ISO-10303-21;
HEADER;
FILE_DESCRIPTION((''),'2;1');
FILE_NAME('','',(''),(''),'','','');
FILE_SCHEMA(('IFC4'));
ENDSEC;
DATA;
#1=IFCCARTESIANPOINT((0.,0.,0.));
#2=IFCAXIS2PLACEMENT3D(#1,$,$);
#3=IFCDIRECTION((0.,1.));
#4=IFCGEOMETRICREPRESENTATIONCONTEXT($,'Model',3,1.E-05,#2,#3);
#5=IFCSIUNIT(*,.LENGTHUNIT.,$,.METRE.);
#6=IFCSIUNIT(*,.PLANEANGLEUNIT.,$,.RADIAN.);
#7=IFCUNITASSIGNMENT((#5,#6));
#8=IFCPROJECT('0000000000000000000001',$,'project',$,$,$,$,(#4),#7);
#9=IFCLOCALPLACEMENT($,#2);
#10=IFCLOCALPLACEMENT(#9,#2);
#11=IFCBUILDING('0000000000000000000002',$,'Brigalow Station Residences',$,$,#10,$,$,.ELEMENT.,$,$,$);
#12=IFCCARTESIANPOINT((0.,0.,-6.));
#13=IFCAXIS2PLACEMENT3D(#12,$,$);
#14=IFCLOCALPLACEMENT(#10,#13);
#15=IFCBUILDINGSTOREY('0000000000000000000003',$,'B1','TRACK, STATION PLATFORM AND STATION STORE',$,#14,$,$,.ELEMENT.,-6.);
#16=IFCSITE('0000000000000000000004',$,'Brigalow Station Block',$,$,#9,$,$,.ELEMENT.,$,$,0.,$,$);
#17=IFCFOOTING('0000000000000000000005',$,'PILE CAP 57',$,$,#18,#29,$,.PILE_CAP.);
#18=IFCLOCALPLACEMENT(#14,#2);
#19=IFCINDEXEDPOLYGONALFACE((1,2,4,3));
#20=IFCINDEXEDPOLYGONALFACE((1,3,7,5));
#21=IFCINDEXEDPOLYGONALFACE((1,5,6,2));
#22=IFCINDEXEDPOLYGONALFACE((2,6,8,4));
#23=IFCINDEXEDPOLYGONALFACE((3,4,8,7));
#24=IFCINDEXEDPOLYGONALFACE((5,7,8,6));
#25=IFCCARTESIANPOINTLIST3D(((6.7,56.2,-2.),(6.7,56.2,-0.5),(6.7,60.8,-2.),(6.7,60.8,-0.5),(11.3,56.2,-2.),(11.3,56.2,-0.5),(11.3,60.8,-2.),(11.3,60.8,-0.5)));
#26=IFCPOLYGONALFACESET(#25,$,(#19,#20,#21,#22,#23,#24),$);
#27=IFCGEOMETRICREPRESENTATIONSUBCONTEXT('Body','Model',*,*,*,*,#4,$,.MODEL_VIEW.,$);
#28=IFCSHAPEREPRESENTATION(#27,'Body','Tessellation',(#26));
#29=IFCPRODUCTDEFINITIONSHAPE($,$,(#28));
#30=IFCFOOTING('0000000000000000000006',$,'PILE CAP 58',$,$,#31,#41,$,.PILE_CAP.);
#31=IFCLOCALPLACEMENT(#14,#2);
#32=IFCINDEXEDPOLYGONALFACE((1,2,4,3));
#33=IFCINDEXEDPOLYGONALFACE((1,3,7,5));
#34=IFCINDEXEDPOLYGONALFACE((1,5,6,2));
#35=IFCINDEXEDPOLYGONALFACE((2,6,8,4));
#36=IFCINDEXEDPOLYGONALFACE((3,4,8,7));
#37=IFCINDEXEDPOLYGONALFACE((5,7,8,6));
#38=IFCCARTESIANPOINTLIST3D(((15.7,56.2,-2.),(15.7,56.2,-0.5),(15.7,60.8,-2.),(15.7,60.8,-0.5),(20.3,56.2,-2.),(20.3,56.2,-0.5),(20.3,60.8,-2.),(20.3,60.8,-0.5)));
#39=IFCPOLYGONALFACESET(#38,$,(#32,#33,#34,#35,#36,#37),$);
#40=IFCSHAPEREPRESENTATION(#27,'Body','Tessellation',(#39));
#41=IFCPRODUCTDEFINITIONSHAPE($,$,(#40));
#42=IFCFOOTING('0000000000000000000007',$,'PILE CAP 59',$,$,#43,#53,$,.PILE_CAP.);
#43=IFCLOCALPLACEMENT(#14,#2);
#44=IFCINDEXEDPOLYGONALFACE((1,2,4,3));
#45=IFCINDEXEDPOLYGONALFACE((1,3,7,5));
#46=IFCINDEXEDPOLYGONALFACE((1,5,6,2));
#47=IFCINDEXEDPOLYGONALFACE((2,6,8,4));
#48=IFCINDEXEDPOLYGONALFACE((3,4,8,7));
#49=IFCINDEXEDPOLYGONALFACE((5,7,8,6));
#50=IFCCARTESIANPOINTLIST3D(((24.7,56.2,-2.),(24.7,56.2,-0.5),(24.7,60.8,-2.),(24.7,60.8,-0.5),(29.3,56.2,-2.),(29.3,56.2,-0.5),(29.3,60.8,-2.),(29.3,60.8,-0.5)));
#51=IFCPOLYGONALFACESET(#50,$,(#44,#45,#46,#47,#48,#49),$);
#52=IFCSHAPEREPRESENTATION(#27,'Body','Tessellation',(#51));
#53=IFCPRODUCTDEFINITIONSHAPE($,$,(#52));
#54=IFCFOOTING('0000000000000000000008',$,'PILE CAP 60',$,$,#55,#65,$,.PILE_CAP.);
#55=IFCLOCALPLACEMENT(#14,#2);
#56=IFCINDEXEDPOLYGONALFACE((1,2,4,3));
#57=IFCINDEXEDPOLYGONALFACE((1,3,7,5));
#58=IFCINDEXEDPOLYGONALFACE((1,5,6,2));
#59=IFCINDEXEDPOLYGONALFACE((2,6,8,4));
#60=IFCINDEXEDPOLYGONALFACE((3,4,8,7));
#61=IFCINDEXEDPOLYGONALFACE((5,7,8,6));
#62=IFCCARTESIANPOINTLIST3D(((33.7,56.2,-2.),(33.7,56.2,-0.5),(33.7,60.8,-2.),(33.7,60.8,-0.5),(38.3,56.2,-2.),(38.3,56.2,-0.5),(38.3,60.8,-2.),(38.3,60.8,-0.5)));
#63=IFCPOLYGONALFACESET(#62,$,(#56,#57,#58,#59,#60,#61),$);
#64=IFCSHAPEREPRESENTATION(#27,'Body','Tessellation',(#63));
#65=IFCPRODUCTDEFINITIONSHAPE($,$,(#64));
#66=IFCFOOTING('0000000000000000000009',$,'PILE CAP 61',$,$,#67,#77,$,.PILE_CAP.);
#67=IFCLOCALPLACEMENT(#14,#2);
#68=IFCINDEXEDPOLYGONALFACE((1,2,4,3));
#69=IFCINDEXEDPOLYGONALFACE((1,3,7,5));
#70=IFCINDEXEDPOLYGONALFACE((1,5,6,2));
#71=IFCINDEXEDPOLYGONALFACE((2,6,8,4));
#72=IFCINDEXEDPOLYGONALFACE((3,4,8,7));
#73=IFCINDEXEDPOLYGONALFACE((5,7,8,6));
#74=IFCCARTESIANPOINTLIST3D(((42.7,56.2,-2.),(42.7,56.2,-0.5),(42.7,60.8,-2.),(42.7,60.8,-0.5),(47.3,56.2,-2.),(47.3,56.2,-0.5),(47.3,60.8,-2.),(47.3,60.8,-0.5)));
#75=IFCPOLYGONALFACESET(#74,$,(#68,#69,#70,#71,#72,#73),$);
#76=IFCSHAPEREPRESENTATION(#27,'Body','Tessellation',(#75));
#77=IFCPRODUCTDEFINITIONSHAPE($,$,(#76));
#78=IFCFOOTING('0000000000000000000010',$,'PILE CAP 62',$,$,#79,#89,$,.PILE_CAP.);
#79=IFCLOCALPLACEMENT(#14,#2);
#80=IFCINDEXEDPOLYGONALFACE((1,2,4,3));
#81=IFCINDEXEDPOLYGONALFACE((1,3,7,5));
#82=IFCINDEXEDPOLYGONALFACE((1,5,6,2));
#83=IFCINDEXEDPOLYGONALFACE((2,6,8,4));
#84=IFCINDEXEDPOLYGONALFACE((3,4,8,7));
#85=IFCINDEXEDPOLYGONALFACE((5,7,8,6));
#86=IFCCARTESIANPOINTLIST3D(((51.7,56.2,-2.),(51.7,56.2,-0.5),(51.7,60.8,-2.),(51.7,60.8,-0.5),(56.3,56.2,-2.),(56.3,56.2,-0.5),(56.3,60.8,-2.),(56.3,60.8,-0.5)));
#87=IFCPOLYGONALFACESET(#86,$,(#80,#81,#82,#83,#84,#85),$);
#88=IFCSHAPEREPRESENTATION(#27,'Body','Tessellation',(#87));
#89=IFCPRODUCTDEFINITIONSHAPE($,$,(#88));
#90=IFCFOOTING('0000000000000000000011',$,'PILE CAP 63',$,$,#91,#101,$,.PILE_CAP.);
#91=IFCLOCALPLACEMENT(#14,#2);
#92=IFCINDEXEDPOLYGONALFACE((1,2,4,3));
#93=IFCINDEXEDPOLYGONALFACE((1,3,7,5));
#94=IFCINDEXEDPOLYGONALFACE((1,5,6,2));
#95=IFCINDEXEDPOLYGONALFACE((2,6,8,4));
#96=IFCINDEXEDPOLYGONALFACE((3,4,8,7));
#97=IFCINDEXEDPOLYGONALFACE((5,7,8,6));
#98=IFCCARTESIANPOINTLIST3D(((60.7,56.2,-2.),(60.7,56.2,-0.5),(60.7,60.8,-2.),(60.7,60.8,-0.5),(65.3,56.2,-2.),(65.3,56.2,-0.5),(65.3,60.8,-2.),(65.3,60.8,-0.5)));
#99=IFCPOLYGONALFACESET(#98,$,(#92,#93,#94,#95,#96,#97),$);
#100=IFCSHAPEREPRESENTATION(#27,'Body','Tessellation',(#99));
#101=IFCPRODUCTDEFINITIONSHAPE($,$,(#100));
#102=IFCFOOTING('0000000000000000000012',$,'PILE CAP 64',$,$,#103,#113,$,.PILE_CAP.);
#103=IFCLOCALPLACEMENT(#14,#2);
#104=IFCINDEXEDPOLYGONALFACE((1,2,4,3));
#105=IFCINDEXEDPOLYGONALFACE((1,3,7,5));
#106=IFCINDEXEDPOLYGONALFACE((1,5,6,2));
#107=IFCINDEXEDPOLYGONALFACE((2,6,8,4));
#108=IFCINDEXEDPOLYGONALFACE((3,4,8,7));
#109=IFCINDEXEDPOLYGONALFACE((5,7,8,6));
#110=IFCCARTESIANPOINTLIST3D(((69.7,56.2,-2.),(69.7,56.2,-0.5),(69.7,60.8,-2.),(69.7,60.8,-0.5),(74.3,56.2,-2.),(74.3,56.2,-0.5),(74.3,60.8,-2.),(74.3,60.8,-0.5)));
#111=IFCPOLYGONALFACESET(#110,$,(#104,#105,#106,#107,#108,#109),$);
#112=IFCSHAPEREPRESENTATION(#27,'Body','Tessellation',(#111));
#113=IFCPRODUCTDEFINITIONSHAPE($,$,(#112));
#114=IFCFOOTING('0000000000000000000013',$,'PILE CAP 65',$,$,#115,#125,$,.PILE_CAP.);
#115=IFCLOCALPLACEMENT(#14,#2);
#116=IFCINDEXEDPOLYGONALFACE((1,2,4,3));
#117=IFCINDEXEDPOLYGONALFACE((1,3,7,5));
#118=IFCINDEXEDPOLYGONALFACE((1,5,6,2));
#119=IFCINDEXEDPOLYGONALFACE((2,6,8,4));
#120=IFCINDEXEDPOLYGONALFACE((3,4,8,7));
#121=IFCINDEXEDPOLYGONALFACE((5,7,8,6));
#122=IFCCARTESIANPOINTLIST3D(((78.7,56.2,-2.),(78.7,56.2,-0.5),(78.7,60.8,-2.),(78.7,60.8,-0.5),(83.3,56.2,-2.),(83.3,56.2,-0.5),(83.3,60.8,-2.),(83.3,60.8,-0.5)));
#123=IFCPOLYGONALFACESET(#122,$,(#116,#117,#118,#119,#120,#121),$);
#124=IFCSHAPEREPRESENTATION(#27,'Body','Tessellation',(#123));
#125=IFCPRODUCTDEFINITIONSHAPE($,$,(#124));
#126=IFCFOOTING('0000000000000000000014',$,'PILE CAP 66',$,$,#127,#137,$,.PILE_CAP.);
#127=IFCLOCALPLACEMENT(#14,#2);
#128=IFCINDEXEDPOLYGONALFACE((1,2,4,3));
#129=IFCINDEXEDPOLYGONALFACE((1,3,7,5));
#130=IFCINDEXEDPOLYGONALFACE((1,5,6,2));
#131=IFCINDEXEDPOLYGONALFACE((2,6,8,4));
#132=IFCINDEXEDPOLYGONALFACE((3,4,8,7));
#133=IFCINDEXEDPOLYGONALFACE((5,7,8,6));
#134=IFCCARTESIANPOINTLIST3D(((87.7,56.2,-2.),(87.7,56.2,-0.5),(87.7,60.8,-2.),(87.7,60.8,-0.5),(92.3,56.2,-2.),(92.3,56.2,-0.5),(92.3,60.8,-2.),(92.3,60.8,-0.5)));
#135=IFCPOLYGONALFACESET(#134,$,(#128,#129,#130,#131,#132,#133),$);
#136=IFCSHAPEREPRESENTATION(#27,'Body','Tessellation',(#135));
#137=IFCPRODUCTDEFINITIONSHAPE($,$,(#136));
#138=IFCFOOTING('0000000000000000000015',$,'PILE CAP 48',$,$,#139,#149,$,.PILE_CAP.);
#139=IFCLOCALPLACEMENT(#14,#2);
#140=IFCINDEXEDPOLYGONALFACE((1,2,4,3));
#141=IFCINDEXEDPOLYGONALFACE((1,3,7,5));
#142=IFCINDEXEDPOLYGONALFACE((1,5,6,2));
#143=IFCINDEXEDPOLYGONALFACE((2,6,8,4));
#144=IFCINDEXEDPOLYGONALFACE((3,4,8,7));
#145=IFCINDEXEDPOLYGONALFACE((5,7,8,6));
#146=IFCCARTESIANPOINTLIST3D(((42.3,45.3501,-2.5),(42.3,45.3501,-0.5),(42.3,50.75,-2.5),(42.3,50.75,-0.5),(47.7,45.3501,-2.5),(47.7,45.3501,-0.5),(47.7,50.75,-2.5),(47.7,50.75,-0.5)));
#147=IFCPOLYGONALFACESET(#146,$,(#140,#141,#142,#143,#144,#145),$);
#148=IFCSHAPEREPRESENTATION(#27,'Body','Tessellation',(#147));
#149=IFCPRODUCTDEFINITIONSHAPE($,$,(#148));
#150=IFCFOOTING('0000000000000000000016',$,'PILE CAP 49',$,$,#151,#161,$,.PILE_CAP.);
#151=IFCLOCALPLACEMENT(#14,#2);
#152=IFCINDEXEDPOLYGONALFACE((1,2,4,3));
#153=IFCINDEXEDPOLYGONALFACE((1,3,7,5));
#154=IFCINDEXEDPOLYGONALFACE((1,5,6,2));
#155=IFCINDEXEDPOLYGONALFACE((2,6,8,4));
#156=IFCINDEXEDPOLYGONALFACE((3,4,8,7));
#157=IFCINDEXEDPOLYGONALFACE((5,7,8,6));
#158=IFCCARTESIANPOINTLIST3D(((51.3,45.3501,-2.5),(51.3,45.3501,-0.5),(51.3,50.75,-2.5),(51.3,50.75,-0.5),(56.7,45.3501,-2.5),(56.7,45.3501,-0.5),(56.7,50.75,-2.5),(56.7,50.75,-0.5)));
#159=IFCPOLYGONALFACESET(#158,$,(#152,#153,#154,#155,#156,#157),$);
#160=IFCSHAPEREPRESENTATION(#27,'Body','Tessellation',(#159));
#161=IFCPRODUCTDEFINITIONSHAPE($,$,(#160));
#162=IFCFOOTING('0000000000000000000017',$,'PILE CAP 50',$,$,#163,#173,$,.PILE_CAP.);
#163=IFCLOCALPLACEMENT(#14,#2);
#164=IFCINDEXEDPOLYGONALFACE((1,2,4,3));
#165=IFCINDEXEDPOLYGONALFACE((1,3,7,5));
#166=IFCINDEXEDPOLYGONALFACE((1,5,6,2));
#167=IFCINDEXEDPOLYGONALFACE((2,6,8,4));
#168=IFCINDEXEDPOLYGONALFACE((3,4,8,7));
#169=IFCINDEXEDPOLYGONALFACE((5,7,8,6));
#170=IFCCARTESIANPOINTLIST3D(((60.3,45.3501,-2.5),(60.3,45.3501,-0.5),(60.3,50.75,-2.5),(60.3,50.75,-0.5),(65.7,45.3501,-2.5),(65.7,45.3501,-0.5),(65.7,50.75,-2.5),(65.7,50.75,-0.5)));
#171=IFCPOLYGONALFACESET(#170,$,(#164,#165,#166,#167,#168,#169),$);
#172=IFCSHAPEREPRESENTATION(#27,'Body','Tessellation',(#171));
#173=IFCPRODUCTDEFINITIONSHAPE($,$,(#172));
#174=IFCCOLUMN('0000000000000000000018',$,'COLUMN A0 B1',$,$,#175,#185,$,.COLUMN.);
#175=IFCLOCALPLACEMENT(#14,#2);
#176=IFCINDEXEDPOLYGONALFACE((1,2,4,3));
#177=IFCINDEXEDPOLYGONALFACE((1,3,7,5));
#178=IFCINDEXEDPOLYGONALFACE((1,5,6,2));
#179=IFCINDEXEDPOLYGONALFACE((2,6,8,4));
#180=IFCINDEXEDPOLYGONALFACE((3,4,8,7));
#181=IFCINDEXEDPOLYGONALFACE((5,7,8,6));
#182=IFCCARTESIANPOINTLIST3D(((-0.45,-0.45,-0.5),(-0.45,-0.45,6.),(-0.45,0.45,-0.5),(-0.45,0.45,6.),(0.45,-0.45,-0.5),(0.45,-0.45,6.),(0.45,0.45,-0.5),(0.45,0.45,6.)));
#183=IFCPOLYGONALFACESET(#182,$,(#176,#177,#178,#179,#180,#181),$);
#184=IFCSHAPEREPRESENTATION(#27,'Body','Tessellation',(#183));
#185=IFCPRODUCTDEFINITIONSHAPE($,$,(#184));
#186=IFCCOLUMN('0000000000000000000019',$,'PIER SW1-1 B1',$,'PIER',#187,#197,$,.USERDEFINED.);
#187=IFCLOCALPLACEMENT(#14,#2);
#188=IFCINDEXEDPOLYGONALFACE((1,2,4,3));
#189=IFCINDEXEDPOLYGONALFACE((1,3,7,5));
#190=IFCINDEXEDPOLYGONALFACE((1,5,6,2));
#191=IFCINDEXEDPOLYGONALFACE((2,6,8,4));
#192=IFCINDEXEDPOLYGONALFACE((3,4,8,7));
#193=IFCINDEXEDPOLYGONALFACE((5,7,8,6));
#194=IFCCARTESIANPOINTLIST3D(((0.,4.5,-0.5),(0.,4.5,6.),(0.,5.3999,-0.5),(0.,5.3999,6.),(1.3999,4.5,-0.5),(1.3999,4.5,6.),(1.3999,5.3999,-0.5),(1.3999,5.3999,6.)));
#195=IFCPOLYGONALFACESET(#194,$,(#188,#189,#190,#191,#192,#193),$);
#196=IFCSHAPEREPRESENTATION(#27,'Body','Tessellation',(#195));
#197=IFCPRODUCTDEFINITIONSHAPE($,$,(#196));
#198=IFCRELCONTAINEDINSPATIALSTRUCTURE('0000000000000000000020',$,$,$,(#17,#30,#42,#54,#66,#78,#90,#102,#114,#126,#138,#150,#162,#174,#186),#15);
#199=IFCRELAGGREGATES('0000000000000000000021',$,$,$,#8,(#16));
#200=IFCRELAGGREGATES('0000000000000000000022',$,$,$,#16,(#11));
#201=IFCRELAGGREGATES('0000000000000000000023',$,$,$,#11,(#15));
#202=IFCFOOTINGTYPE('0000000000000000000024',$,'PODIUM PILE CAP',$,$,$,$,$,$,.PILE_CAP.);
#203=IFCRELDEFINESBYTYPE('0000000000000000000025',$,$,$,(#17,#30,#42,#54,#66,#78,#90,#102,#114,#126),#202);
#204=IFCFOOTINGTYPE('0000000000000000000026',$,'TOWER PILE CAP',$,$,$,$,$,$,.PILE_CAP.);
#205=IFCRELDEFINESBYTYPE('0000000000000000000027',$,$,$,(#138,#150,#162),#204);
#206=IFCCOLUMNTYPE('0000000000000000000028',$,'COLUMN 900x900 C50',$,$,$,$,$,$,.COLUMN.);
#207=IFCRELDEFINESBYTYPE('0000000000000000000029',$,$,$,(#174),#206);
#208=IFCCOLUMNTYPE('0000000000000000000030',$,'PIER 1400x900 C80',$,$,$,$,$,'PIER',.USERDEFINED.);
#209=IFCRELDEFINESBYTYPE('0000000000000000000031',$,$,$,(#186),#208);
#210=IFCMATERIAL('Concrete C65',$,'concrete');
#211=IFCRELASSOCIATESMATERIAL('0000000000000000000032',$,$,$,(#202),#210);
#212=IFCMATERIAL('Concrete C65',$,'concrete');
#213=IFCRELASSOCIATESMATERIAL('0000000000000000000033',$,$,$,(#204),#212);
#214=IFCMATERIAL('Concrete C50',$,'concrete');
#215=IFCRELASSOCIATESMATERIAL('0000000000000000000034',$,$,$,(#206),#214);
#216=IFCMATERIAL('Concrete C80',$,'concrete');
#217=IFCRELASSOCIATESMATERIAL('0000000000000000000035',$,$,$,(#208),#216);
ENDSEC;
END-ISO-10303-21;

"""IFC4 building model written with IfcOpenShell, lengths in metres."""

from ifc_helpers import new_model, si_unit, direction, frame, origin, origin_2d, place, context, subcontext, project, spatial, polyline, rectangle, outline, extrude, material, material_profile, profile_set, type_object, element, save


model = new_model("IFC4")

# Units and contexts
model_context = context("Model", 3, precision=1e-05, world=origin(), true_north=direction((0.0, 1.0)))
body_context = subcontext(model_context, "Body", "Model", "MODEL_VIEW")
ifc_project = project(units=[si_unit("LENGTHUNIT", "METRE"), si_unit("PLANEANGLEUNIT", "RADIAN")], contexts=[model_context])

# Site, building, storey
site_placement = place(None, origin())
site = spatial("IfcSite", under=ifc_project, at=site_placement, Name="Brigalow Station Block", CompositionType="ELEMENT", RefElevation=0.0)
building_placement = place(site_placement, origin())
building = spatial("IfcBuilding", under=site, at=building_placement, Name="Brigalow Station Residences", CompositionType="ELEMENT")
storey_placement = place(building_placement, frame((0.0, 0.0, -6.0)))
storey = spatial("IfcBuildingStorey", under=building, at=storey_placement, Name="B1", Description="TRACK, STATION PLATFORM AND STATION STORE", CompositionType="ELEMENT", Elevation=-6.0)

# Footings
ifc_material_1 = material(Name="Concrete C65", Category="concrete")
footing_type_1 = type_object("IfcFootingType", Name="PODIUM PILE CAP", PredefinedType="PILE_CAP", material=ifc_material_1)
footing_1_placement = place(storey_placement, frame((0.0, 0.0, -2.0)))
element("IfcFooting", 1, at=footing_1_placement, inside=storey, type_object=footing_type_1, Name="PILE CAP 57", PredefinedType="PILE_CAP", context=body_context, shape_type="SweptSolid", body=[
    extrude(outline(polyline([(11.3, 56.2), (11.3, 60.8), (6.7, 60.8), (6.7, 56.2), (11.3, 56.2)])), origin(), (0.0, 0.0, 1.0), 1.5),
])
footing_2_placement = place(storey_placement, frame((0.0, 0.0, -2.0)))
element("IfcFooting", 2, at=footing_2_placement, inside=storey, type_object=footing_type_1, Name="PILE CAP 58", PredefinedType="PILE_CAP", context=body_context, shape_type="SweptSolid", body=[
    extrude(outline(polyline([(20.3, 56.2), (20.3, 60.8), (15.7, 60.8), (15.7, 56.2), (20.3, 56.2)])), origin(), (0.0, 0.0, 1.0), 1.5),
])
footing_3_placement = place(storey_placement, frame((0.0, 0.0, -2.0)))
element("IfcFooting", 3, at=footing_3_placement, inside=storey, type_object=footing_type_1, Name="PILE CAP 59", PredefinedType="PILE_CAP", context=body_context, shape_type="SweptSolid", body=[
    extrude(outline(polyline([(29.3, 56.2), (29.3, 60.8), (24.7, 60.8), (24.7, 56.2), (29.3, 56.2)])), origin(), (0.0, 0.0, 1.0), 1.5),
])
footing_4_placement = place(storey_placement, frame((0.0, 0.0, -2.0)))
element("IfcFooting", 4, at=footing_4_placement, inside=storey, type_object=footing_type_1, Name="PILE CAP 60", PredefinedType="PILE_CAP", context=body_context, shape_type="SweptSolid", body=[
    extrude(outline(polyline([(38.3, 56.2), (38.3, 60.8), (33.7, 60.8), (33.7, 56.2), (38.3, 56.2)])), origin(), (0.0, 0.0, 1.0), 1.5),
])
footing_5_placement = place(storey_placement, frame((0.0, 0.0, -2.0)))
element("IfcFooting", 5, at=footing_5_placement, inside=storey, type_object=footing_type_1, Name="PILE CAP 61", PredefinedType="PILE_CAP", context=body_context, shape_type="SweptSolid", body=[
    extrude(outline(polyline([(47.3, 56.2), (47.3, 60.8), (42.7, 60.8), (42.7, 56.2), (47.3, 56.2)])), origin(), (0.0, 0.0, 1.0), 1.5),
])
footing_6_placement = place(storey_placement, frame((0.0, 0.0, -2.0)))
element("IfcFooting", 6, at=footing_6_placement, inside=storey, type_object=footing_type_1, Name="PILE CAP 62", PredefinedType="PILE_CAP", context=body_context, shape_type="SweptSolid", body=[
    extrude(outline(polyline([(56.3, 56.2), (56.3, 60.8), (51.7, 60.8), (51.7, 56.2), (56.3, 56.2)])), origin(), (0.0, 0.0, 1.0), 1.5),
])
footing_7_placement = place(storey_placement, frame((0.0, 0.0, -2.0)))
element("IfcFooting", 7, at=footing_7_placement, inside=storey, type_object=footing_type_1, Name="PILE CAP 63", PredefinedType="PILE_CAP", context=body_context, shape_type="SweptSolid", body=[
    extrude(outline(polyline([(65.3, 56.2), (65.3, 60.8), (60.7, 60.8), (60.7, 56.2), (65.3, 56.2)])), origin(), (0.0, 0.0, 1.0), 1.5),
])
footing_8_placement = place(storey_placement, frame((0.0, 0.0, -2.0)))
element("IfcFooting", 8, at=footing_8_placement, inside=storey, type_object=footing_type_1, Name="PILE CAP 64", PredefinedType="PILE_CAP", context=body_context, shape_type="SweptSolid", body=[
    extrude(outline(polyline([(74.3, 56.2), (74.3, 60.8), (69.7, 60.8), (69.7, 56.2), (74.3, 56.2)])), origin(), (0.0, 0.0, 1.0), 1.5),
])
footing_9_placement = place(storey_placement, frame((0.0, 0.0, -2.0)))
element("IfcFooting", 9, at=footing_9_placement, inside=storey, type_object=footing_type_1, Name="PILE CAP 65", PredefinedType="PILE_CAP", context=body_context, shape_type="SweptSolid", body=[
    extrude(outline(polyline([(83.3, 56.2), (83.3, 60.8), (78.7, 60.8), (78.7, 56.2), (83.3, 56.2)])), origin(), (0.0, 0.0, 1.0), 1.5),
])
footing_10_placement = place(storey_placement, frame((0.0, 0.0, -2.0)))
element("IfcFooting", 10, at=footing_10_placement, inside=storey, type_object=footing_type_1, Name="PILE CAP 66", PredefinedType="PILE_CAP", context=body_context, shape_type="SweptSolid", body=[
    extrude(outline(polyline([(92.3, 56.2), (92.3, 60.8), (87.7, 60.8), (87.7, 56.2), (92.3, 56.2)])), origin(), (0.0, 0.0, 1.0), 1.5),
])
ifc_material_2 = material(Name="Concrete C65", Category="concrete")
footing_type_2 = type_object("IfcFootingType", Name="TOWER PILE CAP", PredefinedType="PILE_CAP", material=ifc_material_2)
footing_11_placement = place(storey_placement, frame((0.0, 0.0, -2.5)))
element("IfcFooting", 11, at=footing_11_placement, inside=storey, type_object=footing_type_2, Name="PILE CAP 48", PredefinedType="PILE_CAP", context=body_context, shape_type="SweptSolid", body=[
    extrude(outline(polyline([(47.7, 45.3501), (47.7, 50.75), (42.3, 50.75), (42.3, 45.3501), (47.7, 45.3501)])), origin(), (0.0, 0.0, 1.0), 2.0),
])
footing_12_placement = place(storey_placement, frame((0.0, 0.0, -2.5)))
element("IfcFooting", 12, at=footing_12_placement, inside=storey, type_object=footing_type_2, Name="PILE CAP 49", PredefinedType="PILE_CAP", context=body_context, shape_type="SweptSolid", body=[
    extrude(outline(polyline([(56.7, 45.3501), (56.7, 50.75), (51.3, 50.75), (51.3, 45.3501), (56.7, 45.3501)])), origin(), (0.0, 0.0, 1.0), 2.0),
])
footing_13_placement = place(storey_placement, frame((0.0, 0.0, -2.5)))
element("IfcFooting", 13, at=footing_13_placement, inside=storey, type_object=footing_type_2, Name="PILE CAP 50", PredefinedType="PILE_CAP", context=body_context, shape_type="SweptSolid", body=[
    extrude(outline(polyline([(65.7, 45.3501), (65.7, 50.75), (60.3, 50.75), (60.3, 45.3501), (65.7, 45.3501)])), origin(), (0.0, 0.0, 1.0), 2.0),
])

# Columns
ifc_material_3 = material(Name="Concrete C50", Category="concrete")
ifc_material_profile_1 = material_profile(ifc_material_3, rectangle(XDim=0.8999, YDim=0.8999, at=origin_2d()), Name="RC900x900")
ifc_profile_set_1 = profile_set([ifc_material_profile_1], Name="Concrete C50")
column_type_1 = type_object("IfcColumnType", Name="COLUMN 900x900 C50", PredefinedType="COLUMN", material=ifc_profile_set_1)
column_placement = place(storey_placement, frame((0.0, 0.0, -0.5), z_axis=(0.0, 0.0, 1.0), x_axis=(1.0, 0.0, 0.0)))
element("IfcColumn", 14, at=column_placement, inside=storey, type_object=column_type_1, Name="COLUMN A0 B1", PredefinedType="COLUMN", context=body_context, shape_type="SweptSolid", body=[
    extrude(rectangle(XDim=0.8999, YDim=0.8999, at=origin_2d()), origin(), (0.0, 0.0, 1.0), 6.5),
])
ifc_material_4 = material(Name="Concrete C80", Category="concrete")
ifc_material_profile_2 = material_profile(ifc_material_4, rectangle(XDim=1.3999, YDim=0.8999, at=origin_2d()), Name="RC1400x900")
ifc_profile_set_2 = profile_set([ifc_material_profile_2], Name="Concrete C80")
column_type_2 = type_object("IfcColumnType", Name="PIER 1400x900 C80", ElementType="PIER", PredefinedType="USERDEFINED", material=ifc_profile_set_2)
for number, where, z_axis, x_axis, name in (
    (15, (0.7, 4.95, -0.5), (0.0, 0.0, 1.0), (1.0, 0.0, 0.0), "PIER SW1-1 B1"),
):
    element("IfcColumn", number, at=place(storey_placement, frame(where, z_axis=z_axis, x_axis=x_axis)), inside=storey, type_object=column_type_2, Name=name, ObjectType="PIER", PredefinedType="USERDEFINED", context=body_context, shape_type="SweptSolid", body=[
        extrude(rectangle(XDim=1.3999, YDim=0.8999, at=origin_2d()), origin(), (0.0, 0.0, 1.0), 6.5),
    ])

save(model, "model.ifc")
